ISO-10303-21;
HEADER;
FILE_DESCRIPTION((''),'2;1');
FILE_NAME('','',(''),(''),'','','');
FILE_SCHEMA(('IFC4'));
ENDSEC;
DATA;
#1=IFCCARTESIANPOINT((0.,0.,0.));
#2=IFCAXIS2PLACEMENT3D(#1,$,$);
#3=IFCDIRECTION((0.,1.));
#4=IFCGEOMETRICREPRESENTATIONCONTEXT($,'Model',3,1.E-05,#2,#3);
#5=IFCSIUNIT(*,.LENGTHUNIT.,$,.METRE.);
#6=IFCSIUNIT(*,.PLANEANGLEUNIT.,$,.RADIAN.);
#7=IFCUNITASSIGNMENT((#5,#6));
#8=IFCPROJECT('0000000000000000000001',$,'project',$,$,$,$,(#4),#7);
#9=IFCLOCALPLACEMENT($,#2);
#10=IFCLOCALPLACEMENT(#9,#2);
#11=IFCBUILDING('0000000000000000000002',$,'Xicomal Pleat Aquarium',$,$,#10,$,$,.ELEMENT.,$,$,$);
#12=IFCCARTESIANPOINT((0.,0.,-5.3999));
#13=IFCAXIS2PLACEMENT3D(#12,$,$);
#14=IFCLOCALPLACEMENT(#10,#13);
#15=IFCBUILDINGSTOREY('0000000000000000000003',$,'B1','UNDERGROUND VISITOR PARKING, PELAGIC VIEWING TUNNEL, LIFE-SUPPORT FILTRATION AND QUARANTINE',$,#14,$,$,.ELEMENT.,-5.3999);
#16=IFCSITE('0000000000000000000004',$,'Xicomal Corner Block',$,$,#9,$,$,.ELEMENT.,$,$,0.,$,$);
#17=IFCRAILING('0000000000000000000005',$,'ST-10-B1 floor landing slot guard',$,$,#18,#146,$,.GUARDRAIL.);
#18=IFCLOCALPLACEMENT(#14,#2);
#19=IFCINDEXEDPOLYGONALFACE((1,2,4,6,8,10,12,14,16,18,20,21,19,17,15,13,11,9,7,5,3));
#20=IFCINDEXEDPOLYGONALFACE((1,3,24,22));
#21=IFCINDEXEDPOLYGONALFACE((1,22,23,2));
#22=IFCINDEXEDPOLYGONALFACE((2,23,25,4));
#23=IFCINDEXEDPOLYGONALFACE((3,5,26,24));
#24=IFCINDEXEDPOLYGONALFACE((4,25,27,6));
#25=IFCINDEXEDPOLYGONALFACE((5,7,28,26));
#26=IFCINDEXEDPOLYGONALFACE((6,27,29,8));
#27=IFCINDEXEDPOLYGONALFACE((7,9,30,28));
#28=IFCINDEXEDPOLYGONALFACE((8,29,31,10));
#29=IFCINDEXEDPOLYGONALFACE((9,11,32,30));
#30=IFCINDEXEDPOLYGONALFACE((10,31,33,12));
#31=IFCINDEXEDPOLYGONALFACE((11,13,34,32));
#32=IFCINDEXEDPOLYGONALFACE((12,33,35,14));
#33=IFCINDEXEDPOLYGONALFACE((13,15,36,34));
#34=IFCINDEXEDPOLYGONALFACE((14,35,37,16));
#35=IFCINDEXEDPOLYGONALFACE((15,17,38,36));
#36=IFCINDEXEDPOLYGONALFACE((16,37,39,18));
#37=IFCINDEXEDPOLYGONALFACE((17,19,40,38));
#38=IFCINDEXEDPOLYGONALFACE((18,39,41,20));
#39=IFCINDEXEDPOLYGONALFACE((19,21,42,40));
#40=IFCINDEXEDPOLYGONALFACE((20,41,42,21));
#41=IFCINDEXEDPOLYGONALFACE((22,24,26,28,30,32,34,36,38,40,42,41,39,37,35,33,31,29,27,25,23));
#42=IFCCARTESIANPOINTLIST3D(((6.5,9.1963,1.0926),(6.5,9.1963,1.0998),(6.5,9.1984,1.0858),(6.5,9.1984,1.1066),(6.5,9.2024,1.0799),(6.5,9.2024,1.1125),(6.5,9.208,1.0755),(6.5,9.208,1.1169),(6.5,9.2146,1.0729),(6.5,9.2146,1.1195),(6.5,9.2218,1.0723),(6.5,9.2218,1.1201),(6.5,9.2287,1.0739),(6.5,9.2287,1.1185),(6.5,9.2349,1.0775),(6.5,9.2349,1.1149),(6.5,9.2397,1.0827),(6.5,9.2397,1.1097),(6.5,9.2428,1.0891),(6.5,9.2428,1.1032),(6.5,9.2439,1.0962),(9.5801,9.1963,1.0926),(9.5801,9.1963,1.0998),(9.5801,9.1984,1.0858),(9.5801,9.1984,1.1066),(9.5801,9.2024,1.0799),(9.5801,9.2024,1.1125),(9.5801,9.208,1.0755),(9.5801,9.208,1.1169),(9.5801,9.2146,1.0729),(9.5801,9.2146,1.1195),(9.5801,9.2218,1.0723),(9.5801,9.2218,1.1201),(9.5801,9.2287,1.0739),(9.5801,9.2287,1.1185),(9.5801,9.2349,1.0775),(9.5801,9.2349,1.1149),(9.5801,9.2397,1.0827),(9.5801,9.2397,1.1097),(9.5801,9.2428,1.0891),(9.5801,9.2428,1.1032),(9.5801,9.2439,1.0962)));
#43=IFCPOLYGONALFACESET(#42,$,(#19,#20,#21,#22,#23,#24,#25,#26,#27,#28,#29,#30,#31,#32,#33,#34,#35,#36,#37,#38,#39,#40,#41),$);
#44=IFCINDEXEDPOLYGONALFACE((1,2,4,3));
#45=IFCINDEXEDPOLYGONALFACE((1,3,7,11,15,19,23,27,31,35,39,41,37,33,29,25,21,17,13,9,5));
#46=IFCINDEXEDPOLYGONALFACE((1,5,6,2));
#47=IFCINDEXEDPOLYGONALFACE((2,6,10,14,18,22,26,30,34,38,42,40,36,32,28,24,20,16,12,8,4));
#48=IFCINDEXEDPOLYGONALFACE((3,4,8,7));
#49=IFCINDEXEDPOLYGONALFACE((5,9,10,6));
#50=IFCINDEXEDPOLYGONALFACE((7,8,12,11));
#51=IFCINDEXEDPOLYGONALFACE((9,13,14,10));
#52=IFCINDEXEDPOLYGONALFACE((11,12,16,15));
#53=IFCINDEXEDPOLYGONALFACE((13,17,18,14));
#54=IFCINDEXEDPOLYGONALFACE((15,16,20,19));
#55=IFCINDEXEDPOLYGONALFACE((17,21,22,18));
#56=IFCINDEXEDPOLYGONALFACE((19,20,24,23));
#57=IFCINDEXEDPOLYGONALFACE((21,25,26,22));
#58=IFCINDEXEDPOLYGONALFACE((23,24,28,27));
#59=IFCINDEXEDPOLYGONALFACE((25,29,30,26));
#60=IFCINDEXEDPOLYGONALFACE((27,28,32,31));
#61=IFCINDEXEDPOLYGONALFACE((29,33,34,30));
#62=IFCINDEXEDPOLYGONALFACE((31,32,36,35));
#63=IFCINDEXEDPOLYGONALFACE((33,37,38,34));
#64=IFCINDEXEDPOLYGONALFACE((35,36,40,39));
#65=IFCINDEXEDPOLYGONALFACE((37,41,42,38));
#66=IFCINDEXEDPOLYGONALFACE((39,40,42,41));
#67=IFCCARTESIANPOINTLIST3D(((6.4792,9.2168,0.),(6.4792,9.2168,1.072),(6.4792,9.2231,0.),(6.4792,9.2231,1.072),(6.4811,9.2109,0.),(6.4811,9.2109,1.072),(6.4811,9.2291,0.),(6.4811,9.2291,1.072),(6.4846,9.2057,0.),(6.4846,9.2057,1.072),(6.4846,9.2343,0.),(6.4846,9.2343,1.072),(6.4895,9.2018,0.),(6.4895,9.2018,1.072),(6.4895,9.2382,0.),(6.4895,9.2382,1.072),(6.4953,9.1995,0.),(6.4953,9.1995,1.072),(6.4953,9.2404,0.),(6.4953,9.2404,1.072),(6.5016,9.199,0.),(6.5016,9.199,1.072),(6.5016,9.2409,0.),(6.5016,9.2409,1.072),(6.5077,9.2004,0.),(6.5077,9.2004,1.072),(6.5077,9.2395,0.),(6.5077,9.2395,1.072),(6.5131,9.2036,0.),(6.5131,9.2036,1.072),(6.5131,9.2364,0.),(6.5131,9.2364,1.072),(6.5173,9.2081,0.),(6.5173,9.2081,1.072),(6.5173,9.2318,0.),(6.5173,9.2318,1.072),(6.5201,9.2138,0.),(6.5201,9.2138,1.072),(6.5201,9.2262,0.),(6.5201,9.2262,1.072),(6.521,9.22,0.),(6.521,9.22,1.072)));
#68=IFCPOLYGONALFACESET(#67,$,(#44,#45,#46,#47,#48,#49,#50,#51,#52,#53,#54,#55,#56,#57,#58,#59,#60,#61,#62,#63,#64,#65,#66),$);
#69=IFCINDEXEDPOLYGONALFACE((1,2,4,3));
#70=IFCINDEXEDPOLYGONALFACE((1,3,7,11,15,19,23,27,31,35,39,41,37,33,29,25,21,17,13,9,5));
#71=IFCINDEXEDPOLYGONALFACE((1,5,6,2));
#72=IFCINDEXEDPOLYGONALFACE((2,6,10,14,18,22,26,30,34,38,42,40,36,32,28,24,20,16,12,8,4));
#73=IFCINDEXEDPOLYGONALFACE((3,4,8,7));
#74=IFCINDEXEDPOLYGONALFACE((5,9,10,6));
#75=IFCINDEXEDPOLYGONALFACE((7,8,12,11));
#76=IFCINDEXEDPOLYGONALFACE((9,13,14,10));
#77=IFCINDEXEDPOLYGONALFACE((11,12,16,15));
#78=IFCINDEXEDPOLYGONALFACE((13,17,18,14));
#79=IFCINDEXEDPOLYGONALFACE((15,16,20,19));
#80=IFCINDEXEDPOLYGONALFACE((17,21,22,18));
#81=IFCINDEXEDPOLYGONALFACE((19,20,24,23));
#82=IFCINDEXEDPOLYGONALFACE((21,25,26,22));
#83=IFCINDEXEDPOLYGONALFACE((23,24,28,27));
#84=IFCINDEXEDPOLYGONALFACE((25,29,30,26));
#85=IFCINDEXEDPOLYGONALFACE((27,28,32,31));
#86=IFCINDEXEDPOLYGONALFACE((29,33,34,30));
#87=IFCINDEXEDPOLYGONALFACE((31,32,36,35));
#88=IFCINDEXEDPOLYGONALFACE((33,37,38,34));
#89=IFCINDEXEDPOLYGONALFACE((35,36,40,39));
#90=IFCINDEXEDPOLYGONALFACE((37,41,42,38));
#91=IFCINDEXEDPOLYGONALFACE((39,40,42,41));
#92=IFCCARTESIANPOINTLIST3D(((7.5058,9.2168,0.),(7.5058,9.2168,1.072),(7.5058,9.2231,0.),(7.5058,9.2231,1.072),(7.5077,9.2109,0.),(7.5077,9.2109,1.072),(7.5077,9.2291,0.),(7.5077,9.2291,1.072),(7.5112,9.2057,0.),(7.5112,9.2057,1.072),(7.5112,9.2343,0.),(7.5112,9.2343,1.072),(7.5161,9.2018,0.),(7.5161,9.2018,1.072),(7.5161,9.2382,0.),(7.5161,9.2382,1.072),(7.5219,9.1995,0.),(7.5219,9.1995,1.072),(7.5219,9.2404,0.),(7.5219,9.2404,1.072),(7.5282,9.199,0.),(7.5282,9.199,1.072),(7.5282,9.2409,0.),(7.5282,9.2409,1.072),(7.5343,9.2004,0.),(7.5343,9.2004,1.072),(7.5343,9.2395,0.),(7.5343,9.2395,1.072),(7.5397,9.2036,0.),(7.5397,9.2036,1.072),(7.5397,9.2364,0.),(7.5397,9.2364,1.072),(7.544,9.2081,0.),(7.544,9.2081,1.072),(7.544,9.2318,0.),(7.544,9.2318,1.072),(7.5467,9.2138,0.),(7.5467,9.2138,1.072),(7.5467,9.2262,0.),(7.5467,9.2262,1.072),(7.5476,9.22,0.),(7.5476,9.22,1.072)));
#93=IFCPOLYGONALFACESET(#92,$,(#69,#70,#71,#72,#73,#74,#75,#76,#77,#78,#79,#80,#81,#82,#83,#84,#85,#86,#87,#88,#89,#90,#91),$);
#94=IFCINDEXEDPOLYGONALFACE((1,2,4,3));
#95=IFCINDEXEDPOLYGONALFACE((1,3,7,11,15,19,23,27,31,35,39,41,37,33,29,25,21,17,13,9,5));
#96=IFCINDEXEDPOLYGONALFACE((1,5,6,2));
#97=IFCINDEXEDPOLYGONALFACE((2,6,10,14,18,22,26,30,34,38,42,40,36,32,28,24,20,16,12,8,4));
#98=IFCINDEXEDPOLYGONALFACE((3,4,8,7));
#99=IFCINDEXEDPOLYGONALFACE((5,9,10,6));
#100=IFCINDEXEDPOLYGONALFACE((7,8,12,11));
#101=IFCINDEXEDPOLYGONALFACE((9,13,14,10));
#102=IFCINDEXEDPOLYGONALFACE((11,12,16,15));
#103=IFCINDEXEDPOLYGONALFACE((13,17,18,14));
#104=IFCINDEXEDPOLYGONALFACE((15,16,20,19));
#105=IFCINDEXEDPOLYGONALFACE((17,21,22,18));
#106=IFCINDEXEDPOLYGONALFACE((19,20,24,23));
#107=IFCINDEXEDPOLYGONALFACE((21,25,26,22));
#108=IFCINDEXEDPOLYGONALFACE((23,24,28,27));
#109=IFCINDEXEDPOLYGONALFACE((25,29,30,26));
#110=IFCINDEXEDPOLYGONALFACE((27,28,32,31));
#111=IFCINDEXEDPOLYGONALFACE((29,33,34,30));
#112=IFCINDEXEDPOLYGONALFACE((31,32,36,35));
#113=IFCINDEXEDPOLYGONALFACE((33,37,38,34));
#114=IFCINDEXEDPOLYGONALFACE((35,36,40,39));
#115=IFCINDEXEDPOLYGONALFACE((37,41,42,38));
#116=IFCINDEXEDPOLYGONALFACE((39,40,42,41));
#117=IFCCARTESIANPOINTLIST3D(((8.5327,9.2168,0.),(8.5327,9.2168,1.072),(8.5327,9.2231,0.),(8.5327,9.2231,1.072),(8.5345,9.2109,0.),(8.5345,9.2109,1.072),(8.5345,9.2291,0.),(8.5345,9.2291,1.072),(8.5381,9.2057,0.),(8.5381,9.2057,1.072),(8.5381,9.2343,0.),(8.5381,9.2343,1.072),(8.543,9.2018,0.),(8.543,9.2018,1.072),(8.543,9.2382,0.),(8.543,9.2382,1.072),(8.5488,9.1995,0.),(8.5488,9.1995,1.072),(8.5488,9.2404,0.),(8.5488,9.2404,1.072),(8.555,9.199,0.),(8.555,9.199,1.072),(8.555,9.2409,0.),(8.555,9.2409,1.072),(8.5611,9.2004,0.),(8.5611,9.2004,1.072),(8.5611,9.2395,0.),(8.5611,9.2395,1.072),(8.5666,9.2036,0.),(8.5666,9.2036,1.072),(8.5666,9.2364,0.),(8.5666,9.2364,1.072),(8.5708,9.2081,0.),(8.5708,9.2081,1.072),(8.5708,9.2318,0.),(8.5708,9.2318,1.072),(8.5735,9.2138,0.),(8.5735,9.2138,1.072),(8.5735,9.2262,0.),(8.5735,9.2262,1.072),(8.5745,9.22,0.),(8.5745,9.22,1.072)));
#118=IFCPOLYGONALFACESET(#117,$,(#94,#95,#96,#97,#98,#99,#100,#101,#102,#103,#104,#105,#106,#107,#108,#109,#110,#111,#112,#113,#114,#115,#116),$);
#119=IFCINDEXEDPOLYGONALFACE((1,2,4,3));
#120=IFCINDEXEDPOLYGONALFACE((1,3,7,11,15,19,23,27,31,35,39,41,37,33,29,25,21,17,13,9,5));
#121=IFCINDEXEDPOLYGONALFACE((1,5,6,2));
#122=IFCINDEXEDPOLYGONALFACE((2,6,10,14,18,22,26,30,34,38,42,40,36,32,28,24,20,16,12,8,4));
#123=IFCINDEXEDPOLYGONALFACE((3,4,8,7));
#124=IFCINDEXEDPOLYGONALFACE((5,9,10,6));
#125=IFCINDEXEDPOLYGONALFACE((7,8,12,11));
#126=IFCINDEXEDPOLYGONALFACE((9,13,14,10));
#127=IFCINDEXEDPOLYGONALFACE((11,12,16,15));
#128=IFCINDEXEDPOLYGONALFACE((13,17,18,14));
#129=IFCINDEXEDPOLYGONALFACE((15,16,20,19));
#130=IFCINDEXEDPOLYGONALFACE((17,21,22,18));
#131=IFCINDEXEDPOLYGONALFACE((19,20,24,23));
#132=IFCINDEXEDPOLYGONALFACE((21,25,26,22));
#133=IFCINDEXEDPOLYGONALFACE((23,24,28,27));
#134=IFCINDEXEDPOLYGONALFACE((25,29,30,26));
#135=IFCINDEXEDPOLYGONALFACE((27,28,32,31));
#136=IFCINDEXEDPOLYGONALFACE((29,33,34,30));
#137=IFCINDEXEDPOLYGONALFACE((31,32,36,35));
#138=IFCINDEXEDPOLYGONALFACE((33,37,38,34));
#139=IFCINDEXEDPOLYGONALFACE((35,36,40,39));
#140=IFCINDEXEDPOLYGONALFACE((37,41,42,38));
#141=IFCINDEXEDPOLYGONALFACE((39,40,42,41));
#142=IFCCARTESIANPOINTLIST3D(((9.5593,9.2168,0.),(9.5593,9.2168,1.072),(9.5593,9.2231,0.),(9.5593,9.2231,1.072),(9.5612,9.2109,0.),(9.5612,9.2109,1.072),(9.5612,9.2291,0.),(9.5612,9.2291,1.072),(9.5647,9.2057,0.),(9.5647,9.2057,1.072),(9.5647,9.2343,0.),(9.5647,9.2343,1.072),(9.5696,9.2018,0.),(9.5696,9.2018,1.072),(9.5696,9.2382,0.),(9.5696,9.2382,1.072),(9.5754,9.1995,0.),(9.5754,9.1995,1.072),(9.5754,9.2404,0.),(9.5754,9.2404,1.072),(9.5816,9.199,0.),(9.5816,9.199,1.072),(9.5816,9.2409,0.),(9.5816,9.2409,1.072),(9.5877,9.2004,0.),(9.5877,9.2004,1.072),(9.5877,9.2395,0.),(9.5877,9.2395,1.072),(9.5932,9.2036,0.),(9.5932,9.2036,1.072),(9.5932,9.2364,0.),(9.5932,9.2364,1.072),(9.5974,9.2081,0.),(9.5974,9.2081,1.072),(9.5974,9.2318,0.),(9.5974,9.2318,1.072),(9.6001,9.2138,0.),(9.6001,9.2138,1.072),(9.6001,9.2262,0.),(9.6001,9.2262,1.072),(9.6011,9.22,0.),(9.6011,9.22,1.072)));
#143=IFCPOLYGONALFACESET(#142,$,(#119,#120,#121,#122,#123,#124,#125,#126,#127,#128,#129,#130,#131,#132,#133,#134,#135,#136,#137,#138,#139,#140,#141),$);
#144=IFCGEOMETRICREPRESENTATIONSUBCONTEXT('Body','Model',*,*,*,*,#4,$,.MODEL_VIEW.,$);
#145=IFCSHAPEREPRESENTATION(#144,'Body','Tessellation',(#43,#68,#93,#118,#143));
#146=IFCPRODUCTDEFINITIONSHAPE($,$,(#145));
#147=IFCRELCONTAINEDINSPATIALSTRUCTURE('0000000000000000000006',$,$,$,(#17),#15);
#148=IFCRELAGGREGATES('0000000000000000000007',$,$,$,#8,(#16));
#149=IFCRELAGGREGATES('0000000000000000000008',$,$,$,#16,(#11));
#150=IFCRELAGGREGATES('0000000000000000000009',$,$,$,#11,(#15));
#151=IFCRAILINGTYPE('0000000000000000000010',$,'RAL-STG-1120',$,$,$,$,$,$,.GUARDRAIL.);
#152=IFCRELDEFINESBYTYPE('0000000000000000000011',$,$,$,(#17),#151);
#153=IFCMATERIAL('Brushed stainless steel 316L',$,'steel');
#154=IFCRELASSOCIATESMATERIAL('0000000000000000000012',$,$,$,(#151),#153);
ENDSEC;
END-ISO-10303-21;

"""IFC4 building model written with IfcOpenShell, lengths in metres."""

from ifc_helpers import new_model, si_unit, direction, frame, origin, origin_2d, place, context, subcontext, project, spatial, circle, extrude, material, type_object, element, save


model = new_model("IFC4")

# Units and contexts
model_context = context("Model", 3, precision=1e-05, world=origin(), true_north=direction((0.0, 1.0)))
body_context = subcontext(model_context, "Body", "Model", "MODEL_VIEW")
ifc_project = project(units=[si_unit("LENGTHUNIT", "METRE"), si_unit("PLANEANGLEUNIT", "RADIAN")], contexts=[model_context])

# Site, building, storey
site_placement = place(None, origin())
site = spatial("IfcSite", under=ifc_project, at=site_placement, Name="Xicomal Corner Block", CompositionType="ELEMENT", RefElevation=0.0)
building_placement = place(site_placement, origin())
building = spatial("IfcBuilding", under=site, at=building_placement, Name="Xicomal Pleat Aquarium", CompositionType="ELEMENT")
storey_placement = place(building_placement, frame((0.0, 0.0, -5.3999)))
storey = spatial("IfcBuildingStorey", under=building, at=storey_placement, Name="B1", Description="UNDERGROUND VISITOR PARKING, PELAGIC VIEWING TUNNEL, LIFE-SUPPORT FILTRATION AND QUARANTINE", CompositionType="ELEMENT", Elevation=-5.3999)

# Railing
ifc_material_1 = material(Name="Brushed stainless steel 316L", Category="steel")
railing_type_1 = type_object("IfcRailingType", Name="RAL-STG-1120", PredefinedType="GUARDRAIL", material=ifc_material_1)
railing_1_placement = place(storey_placement, frame((6.5, 9.22, 0.0)))
element("IfcRailing", 1, at=railing_1_placement, inside=storey, type_object=railing_type_1, Name="ST-10-B1 floor landing slot guard", PredefinedType="GUARDRAIL", context=body_context, shape_type="SweptSolid", body=[
    extrude(circle(Radius=0.0239, at=origin_2d()), frame((0.0, 0.0, 1.0962), z_axis=(1.0, 0.0, 0.0), x_axis=(0.0, 1.0, 0.0)), (0.0, 0.0, 1.0), 3.0801),
    extrude(circle(Radius=0.021, at=origin_2d()), origin(), (0.0, 0.0, 1.0), 1.072),
    extrude(circle(Radius=0.021, at=origin_2d()), frame((1.0266, 0.0, 0.0)), (0.0, 0.0, 1.0), 1.072),
    extrude(circle(Radius=0.021, at=origin_2d()), frame((2.0535, 0.0, 0.0)), (0.0, 0.0, 1.0), 1.072),
    extrude(circle(Radius=0.021, at=origin_2d()), frame((3.0801, 0.0, 0.0)), (0.0, 0.0, 1.0), 1.072),
])

save(model, "model.ifc")
